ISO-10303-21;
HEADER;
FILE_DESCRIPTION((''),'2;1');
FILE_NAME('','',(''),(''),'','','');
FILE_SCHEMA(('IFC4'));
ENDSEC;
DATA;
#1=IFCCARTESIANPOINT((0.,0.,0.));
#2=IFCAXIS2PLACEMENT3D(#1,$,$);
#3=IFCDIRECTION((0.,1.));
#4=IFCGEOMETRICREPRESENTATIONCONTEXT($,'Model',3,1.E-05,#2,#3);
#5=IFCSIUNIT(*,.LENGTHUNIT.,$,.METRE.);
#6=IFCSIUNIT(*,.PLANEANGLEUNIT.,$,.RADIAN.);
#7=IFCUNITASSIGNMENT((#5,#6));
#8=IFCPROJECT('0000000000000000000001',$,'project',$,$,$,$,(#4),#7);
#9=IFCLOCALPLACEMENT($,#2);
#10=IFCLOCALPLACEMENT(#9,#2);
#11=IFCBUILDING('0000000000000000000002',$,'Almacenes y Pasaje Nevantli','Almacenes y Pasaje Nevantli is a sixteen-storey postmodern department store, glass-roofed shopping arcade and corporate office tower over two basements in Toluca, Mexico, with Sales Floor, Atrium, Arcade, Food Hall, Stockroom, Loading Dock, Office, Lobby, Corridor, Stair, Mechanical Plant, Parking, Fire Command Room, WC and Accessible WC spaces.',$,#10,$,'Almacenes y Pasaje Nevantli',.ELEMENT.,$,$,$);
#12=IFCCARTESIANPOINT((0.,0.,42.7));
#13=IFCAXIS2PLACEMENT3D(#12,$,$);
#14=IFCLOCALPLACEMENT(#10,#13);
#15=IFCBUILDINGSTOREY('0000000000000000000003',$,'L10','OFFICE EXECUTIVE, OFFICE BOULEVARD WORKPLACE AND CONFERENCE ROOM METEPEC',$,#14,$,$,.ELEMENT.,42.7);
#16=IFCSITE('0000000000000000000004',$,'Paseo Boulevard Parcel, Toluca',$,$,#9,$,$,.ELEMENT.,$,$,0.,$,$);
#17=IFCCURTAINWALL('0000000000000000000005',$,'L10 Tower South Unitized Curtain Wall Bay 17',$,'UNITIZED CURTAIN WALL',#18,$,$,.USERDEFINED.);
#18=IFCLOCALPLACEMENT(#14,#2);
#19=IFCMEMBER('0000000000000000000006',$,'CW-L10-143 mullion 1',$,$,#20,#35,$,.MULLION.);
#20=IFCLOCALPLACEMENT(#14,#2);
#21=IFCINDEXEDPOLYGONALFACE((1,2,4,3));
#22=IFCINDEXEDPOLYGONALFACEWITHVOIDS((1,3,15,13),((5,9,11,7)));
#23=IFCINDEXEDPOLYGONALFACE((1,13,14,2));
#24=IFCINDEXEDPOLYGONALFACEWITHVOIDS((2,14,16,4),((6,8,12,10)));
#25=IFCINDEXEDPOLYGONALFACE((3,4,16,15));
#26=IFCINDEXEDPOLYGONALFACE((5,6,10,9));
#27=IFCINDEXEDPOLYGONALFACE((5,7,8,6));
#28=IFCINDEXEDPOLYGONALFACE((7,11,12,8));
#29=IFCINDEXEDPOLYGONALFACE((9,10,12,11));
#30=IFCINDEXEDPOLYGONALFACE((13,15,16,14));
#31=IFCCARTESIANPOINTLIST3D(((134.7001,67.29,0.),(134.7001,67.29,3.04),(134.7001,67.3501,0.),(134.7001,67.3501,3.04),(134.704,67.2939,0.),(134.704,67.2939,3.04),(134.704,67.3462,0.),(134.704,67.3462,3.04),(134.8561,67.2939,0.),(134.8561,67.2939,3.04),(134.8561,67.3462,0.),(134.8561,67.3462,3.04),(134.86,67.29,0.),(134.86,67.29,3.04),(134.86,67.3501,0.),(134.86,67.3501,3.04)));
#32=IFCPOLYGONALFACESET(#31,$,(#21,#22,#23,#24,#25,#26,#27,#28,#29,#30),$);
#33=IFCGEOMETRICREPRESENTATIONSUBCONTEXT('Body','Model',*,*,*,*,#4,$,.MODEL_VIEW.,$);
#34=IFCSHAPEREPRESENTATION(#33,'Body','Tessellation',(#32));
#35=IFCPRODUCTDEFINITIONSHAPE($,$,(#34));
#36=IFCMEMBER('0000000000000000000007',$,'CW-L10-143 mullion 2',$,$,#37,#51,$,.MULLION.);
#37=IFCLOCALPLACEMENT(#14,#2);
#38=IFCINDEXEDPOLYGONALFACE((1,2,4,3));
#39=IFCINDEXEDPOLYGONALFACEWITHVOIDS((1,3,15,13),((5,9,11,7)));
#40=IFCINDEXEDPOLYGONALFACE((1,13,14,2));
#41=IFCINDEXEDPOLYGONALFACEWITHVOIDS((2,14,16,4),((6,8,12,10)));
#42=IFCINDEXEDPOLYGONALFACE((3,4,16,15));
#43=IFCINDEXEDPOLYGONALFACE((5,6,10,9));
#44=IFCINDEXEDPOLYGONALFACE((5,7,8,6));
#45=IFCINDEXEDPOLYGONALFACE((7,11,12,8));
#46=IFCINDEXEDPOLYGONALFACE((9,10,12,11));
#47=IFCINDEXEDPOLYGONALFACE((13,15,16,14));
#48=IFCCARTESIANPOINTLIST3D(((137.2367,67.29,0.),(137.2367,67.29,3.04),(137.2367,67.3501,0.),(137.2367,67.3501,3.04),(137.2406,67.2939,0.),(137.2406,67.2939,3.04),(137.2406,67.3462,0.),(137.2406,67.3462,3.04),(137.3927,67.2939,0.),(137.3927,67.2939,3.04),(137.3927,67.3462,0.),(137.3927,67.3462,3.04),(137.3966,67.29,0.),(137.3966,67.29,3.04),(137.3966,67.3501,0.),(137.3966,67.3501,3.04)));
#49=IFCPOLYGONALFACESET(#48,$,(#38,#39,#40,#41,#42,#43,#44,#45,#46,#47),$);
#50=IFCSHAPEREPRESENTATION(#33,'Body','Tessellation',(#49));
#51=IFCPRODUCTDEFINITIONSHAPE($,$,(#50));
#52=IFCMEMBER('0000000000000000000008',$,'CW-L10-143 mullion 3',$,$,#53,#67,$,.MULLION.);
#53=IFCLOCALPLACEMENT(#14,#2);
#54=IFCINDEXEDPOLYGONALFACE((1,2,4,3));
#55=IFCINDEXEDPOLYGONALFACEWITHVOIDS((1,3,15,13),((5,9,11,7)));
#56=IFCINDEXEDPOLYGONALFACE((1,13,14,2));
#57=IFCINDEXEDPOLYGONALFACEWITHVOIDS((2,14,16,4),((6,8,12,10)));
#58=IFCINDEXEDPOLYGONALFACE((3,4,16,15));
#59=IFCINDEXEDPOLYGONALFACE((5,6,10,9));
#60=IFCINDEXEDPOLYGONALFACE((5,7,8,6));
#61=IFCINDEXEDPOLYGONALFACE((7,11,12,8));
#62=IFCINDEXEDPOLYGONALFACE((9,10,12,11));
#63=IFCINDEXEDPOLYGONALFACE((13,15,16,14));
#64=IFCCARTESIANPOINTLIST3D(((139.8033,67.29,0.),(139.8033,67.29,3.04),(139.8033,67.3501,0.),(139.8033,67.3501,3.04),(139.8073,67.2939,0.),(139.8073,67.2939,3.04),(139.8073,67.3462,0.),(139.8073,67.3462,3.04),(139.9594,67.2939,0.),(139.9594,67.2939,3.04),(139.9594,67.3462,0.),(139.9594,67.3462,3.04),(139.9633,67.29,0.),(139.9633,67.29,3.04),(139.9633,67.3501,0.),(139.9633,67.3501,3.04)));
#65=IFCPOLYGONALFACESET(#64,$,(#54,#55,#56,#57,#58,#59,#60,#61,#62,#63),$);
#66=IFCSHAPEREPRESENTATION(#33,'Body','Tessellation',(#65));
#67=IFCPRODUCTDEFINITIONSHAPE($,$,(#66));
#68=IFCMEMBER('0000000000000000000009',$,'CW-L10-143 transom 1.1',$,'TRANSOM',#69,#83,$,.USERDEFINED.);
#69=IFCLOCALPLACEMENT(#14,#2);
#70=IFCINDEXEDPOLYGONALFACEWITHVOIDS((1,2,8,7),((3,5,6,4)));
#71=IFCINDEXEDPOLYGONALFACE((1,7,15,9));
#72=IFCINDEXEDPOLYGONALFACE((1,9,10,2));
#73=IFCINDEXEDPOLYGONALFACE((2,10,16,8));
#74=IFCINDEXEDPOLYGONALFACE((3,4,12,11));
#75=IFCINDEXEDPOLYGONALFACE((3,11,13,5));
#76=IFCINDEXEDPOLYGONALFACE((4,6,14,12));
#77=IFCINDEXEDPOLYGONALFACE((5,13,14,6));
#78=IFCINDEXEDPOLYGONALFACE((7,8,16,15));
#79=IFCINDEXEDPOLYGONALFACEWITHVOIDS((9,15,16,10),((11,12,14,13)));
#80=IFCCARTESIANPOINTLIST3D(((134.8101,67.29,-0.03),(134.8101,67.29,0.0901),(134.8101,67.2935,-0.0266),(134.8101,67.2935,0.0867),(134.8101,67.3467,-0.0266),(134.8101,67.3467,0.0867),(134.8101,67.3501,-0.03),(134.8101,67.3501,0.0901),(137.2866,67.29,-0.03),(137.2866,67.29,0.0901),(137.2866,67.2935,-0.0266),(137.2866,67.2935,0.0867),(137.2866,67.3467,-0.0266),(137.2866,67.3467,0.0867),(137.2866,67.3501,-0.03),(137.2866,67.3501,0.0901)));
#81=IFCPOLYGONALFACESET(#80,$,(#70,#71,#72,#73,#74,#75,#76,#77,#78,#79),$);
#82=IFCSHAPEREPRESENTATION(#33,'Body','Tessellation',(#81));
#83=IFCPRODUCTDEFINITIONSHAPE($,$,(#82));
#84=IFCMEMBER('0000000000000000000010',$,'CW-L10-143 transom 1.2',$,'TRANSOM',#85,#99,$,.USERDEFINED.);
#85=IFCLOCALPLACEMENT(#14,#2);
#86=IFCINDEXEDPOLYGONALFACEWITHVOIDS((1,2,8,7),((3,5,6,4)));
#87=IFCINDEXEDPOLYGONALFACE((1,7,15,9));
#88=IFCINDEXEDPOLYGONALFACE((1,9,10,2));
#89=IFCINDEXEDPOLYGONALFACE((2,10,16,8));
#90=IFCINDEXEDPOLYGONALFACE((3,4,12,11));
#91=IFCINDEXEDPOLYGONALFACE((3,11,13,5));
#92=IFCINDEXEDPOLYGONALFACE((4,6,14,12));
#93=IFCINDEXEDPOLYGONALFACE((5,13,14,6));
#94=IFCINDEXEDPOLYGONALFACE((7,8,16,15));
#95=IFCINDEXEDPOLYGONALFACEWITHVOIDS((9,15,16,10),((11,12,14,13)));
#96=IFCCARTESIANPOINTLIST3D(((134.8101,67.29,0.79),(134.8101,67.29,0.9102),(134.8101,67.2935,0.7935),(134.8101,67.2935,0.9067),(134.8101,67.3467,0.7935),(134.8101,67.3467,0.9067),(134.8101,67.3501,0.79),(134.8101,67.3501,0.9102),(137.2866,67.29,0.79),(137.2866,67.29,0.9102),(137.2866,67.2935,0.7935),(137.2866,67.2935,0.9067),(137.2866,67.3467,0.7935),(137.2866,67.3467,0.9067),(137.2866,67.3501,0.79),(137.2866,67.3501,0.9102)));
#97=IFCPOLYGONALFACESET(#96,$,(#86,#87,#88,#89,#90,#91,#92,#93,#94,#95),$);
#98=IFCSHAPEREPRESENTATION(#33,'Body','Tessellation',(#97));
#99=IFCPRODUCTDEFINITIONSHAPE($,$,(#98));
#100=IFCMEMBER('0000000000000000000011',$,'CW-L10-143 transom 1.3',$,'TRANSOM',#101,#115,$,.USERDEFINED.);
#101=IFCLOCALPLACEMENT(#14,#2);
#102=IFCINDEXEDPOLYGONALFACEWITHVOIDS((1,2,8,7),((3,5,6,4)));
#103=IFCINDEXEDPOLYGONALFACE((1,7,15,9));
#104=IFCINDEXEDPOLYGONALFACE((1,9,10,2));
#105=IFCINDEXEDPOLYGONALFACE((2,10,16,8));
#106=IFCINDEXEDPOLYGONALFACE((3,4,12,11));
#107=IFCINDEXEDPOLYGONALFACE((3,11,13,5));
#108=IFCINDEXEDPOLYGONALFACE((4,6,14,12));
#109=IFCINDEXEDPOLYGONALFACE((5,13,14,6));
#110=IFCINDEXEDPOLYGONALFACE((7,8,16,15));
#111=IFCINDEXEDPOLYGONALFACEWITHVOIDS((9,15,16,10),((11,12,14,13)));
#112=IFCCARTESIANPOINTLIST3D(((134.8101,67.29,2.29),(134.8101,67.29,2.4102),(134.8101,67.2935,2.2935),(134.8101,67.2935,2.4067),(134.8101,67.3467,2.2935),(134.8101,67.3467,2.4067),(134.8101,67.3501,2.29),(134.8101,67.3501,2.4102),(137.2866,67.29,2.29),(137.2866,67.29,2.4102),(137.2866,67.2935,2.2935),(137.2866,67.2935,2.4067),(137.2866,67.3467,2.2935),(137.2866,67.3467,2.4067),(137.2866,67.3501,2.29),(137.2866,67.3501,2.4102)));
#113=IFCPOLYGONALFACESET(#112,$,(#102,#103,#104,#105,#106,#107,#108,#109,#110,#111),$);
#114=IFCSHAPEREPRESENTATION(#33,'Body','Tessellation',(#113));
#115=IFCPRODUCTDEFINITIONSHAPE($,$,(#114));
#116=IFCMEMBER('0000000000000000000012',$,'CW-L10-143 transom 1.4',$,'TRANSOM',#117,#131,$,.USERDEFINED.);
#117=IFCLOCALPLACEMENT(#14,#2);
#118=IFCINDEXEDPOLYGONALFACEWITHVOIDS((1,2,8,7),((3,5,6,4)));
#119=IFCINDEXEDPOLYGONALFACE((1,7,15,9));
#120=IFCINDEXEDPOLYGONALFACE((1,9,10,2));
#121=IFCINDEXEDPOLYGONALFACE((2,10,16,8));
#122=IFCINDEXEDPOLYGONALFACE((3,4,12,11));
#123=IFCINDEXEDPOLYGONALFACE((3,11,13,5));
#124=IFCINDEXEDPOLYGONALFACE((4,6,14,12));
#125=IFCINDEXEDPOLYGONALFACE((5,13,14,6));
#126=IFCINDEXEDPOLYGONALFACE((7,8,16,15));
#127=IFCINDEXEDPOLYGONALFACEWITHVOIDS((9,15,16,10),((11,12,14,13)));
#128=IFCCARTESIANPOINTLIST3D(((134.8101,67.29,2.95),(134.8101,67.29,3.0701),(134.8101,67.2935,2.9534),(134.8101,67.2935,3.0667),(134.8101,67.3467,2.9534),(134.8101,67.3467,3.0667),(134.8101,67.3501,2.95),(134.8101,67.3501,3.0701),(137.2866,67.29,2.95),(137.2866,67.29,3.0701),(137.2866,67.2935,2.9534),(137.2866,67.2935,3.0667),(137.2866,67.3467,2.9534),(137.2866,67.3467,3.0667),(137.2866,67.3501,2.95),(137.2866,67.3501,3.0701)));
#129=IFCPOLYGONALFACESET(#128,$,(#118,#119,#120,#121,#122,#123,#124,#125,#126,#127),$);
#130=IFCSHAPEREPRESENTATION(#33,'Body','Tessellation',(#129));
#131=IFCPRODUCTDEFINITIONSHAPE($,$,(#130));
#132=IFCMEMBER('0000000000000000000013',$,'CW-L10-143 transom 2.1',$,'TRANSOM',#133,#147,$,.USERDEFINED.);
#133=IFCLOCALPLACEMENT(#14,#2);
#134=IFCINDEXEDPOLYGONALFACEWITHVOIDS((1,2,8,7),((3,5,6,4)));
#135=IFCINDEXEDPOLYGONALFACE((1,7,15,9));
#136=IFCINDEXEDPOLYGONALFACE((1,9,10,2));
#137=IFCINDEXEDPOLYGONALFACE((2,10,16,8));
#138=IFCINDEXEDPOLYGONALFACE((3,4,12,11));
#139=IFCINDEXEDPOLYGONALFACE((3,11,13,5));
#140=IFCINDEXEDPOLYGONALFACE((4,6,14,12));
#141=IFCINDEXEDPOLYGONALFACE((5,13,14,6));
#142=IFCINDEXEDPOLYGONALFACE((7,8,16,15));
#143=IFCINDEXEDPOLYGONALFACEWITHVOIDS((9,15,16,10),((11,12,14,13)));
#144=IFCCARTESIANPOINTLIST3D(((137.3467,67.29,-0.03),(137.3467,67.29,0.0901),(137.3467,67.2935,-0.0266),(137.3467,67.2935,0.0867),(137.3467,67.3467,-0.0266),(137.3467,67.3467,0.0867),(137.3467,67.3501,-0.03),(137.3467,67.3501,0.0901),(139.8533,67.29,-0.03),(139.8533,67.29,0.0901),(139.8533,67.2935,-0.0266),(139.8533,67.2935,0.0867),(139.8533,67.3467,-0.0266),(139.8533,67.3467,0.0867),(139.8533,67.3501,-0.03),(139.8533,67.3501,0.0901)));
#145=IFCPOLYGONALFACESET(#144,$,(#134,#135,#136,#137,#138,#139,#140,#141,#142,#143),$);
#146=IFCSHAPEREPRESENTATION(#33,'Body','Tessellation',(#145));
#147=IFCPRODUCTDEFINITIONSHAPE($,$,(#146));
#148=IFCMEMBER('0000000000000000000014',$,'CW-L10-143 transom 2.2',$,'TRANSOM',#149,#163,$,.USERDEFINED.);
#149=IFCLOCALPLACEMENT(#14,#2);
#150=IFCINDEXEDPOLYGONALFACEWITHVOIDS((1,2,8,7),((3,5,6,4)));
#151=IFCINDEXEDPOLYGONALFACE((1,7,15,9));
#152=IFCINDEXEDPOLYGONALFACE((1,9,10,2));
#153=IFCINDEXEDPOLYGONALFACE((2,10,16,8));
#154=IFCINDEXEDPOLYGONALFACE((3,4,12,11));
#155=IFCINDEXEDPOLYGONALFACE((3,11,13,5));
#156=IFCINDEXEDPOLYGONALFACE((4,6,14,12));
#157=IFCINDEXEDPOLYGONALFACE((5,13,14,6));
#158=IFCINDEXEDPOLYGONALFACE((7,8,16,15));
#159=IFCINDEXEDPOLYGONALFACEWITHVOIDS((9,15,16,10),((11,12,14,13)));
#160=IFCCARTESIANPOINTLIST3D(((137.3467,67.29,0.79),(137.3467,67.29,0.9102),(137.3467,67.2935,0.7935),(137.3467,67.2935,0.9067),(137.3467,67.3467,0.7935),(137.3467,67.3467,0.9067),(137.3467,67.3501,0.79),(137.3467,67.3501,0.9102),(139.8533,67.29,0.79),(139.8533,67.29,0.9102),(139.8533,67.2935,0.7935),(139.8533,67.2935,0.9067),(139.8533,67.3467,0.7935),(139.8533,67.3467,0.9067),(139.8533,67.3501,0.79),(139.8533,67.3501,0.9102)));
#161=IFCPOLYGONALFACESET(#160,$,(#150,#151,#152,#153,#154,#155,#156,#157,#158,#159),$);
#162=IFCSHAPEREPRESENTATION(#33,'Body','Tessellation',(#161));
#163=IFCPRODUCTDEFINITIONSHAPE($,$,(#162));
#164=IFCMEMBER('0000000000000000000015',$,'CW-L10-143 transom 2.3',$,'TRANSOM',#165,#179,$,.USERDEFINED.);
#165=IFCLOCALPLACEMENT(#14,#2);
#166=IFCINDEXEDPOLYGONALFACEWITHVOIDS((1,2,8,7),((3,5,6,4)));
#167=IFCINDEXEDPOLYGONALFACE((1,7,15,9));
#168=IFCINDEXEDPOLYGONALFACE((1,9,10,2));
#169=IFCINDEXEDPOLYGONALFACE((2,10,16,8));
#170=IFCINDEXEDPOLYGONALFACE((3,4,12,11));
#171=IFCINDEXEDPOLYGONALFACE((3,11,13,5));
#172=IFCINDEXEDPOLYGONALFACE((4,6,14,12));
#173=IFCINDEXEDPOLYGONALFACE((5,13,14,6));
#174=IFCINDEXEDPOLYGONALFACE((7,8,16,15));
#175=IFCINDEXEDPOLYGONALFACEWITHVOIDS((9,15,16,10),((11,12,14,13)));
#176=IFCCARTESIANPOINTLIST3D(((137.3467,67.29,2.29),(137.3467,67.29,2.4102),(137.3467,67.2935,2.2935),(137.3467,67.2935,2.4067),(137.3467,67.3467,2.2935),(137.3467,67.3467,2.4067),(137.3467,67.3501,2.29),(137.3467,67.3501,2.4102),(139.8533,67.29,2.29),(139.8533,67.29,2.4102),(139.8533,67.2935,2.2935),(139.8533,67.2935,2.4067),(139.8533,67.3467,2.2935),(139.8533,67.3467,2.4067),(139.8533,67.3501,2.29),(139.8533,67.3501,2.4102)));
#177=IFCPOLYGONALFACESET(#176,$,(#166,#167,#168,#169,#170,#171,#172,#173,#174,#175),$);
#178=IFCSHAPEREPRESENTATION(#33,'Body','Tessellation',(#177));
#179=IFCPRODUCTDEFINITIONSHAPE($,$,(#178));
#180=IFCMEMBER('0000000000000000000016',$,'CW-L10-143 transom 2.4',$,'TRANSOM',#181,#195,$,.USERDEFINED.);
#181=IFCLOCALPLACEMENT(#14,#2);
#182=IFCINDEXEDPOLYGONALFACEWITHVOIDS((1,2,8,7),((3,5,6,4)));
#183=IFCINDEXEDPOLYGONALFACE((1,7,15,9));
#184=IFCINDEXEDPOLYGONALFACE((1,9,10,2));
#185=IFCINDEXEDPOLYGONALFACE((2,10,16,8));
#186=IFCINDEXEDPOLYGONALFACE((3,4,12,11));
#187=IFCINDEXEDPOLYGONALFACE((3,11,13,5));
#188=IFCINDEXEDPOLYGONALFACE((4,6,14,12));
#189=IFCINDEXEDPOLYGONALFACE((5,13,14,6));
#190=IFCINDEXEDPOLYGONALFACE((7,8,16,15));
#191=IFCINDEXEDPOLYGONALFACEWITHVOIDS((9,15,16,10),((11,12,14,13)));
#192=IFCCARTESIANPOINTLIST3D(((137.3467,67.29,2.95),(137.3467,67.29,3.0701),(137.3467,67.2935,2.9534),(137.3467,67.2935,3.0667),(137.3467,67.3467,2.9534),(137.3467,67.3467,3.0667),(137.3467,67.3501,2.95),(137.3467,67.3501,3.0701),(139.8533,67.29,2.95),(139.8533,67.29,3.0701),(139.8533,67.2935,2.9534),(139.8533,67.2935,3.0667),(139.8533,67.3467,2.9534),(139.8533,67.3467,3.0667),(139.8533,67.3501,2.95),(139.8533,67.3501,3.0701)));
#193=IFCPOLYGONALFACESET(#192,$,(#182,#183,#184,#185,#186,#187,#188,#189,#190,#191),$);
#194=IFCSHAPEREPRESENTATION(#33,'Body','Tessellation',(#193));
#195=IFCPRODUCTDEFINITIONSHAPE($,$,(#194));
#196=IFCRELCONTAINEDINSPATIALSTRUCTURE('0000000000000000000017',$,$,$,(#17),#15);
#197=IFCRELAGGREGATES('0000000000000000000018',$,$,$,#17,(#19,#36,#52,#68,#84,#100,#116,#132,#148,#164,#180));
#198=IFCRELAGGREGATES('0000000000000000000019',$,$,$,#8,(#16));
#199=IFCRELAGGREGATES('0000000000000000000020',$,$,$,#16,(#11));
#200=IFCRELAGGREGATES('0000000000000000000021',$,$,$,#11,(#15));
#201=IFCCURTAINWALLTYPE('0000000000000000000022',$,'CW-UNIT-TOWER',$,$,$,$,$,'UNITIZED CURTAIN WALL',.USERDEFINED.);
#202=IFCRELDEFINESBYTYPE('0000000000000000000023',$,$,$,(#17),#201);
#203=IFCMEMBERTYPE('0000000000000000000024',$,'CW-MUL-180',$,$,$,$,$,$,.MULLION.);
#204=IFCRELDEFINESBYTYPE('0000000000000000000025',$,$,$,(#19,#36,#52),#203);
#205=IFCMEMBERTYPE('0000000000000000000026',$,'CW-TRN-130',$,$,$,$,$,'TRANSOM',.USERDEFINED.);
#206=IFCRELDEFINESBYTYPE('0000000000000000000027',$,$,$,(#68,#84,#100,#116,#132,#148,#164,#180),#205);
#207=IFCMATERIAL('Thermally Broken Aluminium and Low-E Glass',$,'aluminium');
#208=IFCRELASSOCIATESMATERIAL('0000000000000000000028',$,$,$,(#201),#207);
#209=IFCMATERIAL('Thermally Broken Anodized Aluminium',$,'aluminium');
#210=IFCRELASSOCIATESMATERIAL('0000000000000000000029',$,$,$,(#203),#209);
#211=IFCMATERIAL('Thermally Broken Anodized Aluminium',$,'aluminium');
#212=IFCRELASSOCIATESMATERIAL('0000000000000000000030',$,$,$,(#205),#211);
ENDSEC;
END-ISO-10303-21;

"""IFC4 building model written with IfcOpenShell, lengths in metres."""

from ifc_helpers import new_model, si_unit, direction, frame, origin, origin_2d, place, context, subcontext, project, spatial, hollow_rectangle, extrude, material, material_profile, profile_set, type_object, element, aggregate, save


model = new_model("IFC4")

# Units and contexts
model_context = context("Model", 3, precision=1e-05, world=origin(), true_north=direction((0.0, 1.0)))
body_context = subcontext(model_context, "Body", "Model", "MODEL_VIEW")
ifc_project = project(units=[si_unit("LENGTHUNIT", "METRE"), si_unit("PLANEANGLEUNIT", "RADIAN")], contexts=[model_context])

# Site, building, storey
site_placement = place(None, origin())
site = spatial("IfcSite", under=ifc_project, at=site_placement, Name="Paseo Boulevard Parcel, Toluca", CompositionType="ELEMENT", RefElevation=0.0)
building_placement = place(site_placement, origin())
building = spatial("IfcBuilding", under=site, at=building_placement, Name="Almacenes y Pasaje Nevantli", Description="Almacenes y Pasaje Nevantli is a sixteen-storey postmodern department store, glass-roofed shopping arcade and corporate office tower over two basements in Toluca, Mexico, with Sales Floor, Atrium, Arcade, Food Hall, Stockroom, Loading Dock, Office, Lobby, Corridor, Stair, Mechanical Plant, Parking, Fire Command Room, WC and Accessible WC spaces.", LongName="Almacenes y Pasaje Nevantli", CompositionType="ELEMENT")
storey_placement = place(building_placement, frame((0.0, 0.0, 42.7)))
storey = spatial("IfcBuildingStorey", under=building, at=storey_placement, Name="L10", Description="OFFICE EXECUTIVE, OFFICE BOULEVARD WORKPLACE AND CONFERENCE ROOM METEPEC", CompositionType="ELEMENT", Elevation=42.7)

# Curtain wall, members
ifc_material_1 = material(Name="Thermally Broken Aluminium and Low-E Glass", Category="aluminium")
curtain_wall_type = type_object("IfcCurtainWallType", Name="CW-UNIT-TOWER", ElementType="UNITIZED CURTAIN WALL", PredefinedType="USERDEFINED", material=ifc_material_1)
curtain_wall_placement = place(storey_placement, origin())
curtain_wall = element("IfcCurtainWall", 1, at=curtain_wall_placement, inside=storey, type_object=curtain_wall_type, Name="L10 Tower South Unitized Curtain Wall Bay 17", ObjectType="UNITIZED CURTAIN WALL", PredefinedType="USERDEFINED")
ifc_material_2 = material(Name="Thermally Broken Anodized Aluminium", Category="aluminium")
ifc_material_profile_1 = material_profile(ifc_material_2, hollow_rectangle(XDim=0.0601, YDim=0.1599, WallThickness=0.0039, at=origin_2d()), Name="ALU-MUL-60x160")
ifc_profile_set_1 = profile_set([ifc_material_profile_1], Name="Thermally Broken Anodized Aluminium")
member_type_1 = type_object("IfcMemberType", Name="CW-MUL-180", PredefinedType="MULLION", material=ifc_profile_set_1)
member_1_placement = place(storey_placement, frame((134.78, 67.3201, 0.0), z_axis=(0.0, 0.0, 1.0), x_axis=(0.0, 1.0, 0.0)))
member_1 = element("IfcMember", 2, at=member_1_placement, type_object=member_type_1, Name="CW-L10-143 mullion 1", PredefinedType="MULLION", context=body_context, shape_type="SweptSolid", body=[
    extrude(hollow_rectangle(XDim=0.0601, YDim=0.1599, WallThickness=0.0039, at=origin_2d()), origin(), (0.0, 0.0, 1.0), 3.04),
])
member_2_placement = place(storey_placement, frame((137.3167, 67.3201, 0.0), z_axis=(0.0, 0.0, 1.0), x_axis=(0.0, 1.0, 0.0)))
member_2 = element("IfcMember", 3, at=member_2_placement, type_object=member_type_1, Name="CW-L10-143 mullion 2", PredefinedType="MULLION", context=body_context, shape_type="SweptSolid", body=[
    extrude(hollow_rectangle(XDim=0.0601, YDim=0.1599, WallThickness=0.0039, at=origin_2d()), origin(), (0.0, 0.0, 1.0), 3.04),
])
member_3_placement = place(storey_placement, frame((139.8833, 67.3201, 0.0), z_axis=(0.0, 0.0, 1.0), x_axis=(0.0, 1.0, 0.0)))
member_3 = element("IfcMember", 4, at=member_3_placement, type_object=member_type_1, Name="CW-L10-143 mullion 3", PredefinedType="MULLION", context=body_context, shape_type="SweptSolid", body=[
    extrude(hollow_rectangle(XDim=0.0601, YDim=0.1599, WallThickness=0.0039, at=origin_2d()), origin(), (0.0, 0.0, 1.0), 3.04),
])
ifc_material_3 = material(Name="Thermally Broken Anodized Aluminium", Category="aluminium")
ifc_material_profile_2 = material_profile(ifc_material_3, hollow_rectangle(XDim=0.0601, YDim=0.1201, WallThickness=0.0034, at=origin_2d()), Name="ALU-TRN-60x120")
ifc_profile_set_2 = profile_set([ifc_material_profile_2], Name="Thermally Broken Anodized Aluminium")
member_type_2 = type_object("IfcMemberType", Name="CW-TRN-130", ElementType="TRANSOM", PredefinedType="USERDEFINED", material=ifc_profile_set_2)
member_4_placement = place(storey_placement, frame((134.8101, 67.3201, 0.03), z_axis=(1.0, 0.0, 0.0), x_axis=(0.0, 1.0, 0.0)))
member_4 = element("IfcMember", 5, at=member_4_placement, type_object=member_type_2, Name="CW-L10-143 transom 1.1", ObjectType="TRANSOM", PredefinedType="USERDEFINED", context=body_context, shape_type="SweptSolid", body=[
    extrude(hollow_rectangle(XDim=0.0601, YDim=0.1201, WallThickness=0.0034, at=origin_2d()), origin(), (0.0, 0.0, 1.0), 2.4766),
])
member_5_placement = place(storey_placement, frame((134.8101, 67.3201, 0.8501), z_axis=(1.0, 0.0, 0.0), x_axis=(0.0, 1.0, 0.0)))
member_5 = element("IfcMember", 6, at=member_5_placement, type_object=member_type_2, Name="CW-L10-143 transom 1.2", ObjectType="TRANSOM", PredefinedType="USERDEFINED", context=body_context, shape_type="SweptSolid", body=[
    extrude(hollow_rectangle(XDim=0.0601, YDim=0.1201, WallThickness=0.0034, at=origin_2d()), origin(), (0.0, 0.0, 1.0), 2.4766),
])
member_6_placement = place(storey_placement, frame((134.8101, 67.3201, 2.3501), z_axis=(1.0, 0.0, 0.0), x_axis=(0.0, 1.0, 0.0)))
member_6 = element("IfcMember", 7, at=member_6_placement, type_object=member_type_2, Name="CW-L10-143 transom 1.3", ObjectType="TRANSOM", PredefinedType="USERDEFINED", context=body_context, shape_type="SweptSolid", body=[
    extrude(hollow_rectangle(XDim=0.0601, YDim=0.1201, WallThickness=0.0034, at=origin_2d()), origin(), (0.0, 0.0, 1.0), 2.4766),
])
member_7_placement = place(storey_placement, frame((134.8101, 67.3201, 3.01), z_axis=(1.0, 0.0, 0.0), x_axis=(0.0, 1.0, 0.0)))
member_7 = element("IfcMember", 8, at=member_7_placement, type_object=member_type_2, Name="CW-L10-143 transom 1.4", ObjectType="TRANSOM", PredefinedType="USERDEFINED", context=body_context, shape_type="SweptSolid", body=[
    extrude(hollow_rectangle(XDim=0.0601, YDim=0.1201, WallThickness=0.0034, at=origin_2d()), origin(), (0.0, 0.0, 1.0), 2.4766),
])
member_8_placement = place(storey_placement, frame((137.3467, 67.3201, 0.03), z_axis=(1.0, 0.0, 0.0), x_axis=(0.0, 1.0, 0.0)))
member_8 = element("IfcMember", 9, at=member_8_placement, type_object=member_type_2, Name="CW-L10-143 transom 2.1", ObjectType="TRANSOM", PredefinedType="USERDEFINED", context=body_context, shape_type="SweptSolid", body=[
    extrude(hollow_rectangle(XDim=0.0601, YDim=0.1201, WallThickness=0.0034, at=origin_2d()), origin(), (0.0, 0.0, 1.0), 2.5066),
])
member_9_placement = place(storey_placement, frame((137.3467, 67.3201, 0.8501), z_axis=(1.0, 0.0, 0.0), x_axis=(0.0, 1.0, 0.0)))
member_9 = element("IfcMember", 10, at=member_9_placement, type_object=member_type_2, Name="CW-L10-143 transom 2.2", ObjectType="TRANSOM", PredefinedType="USERDEFINED", context=body_context, shape_type="SweptSolid", body=[
    extrude(hollow_rectangle(XDim=0.0601, YDim=0.1201, WallThickness=0.0034, at=origin_2d()), origin(), (0.0, 0.0, 1.0), 2.5066),
])
member_10_placement = place(storey_placement, frame((137.3467, 67.3201, 2.3501), z_axis=(1.0, 0.0, 0.0), x_axis=(0.0, 1.0, 0.0)))
member_10 = element("IfcMember", 11, at=member_10_placement, type_object=member_type_2, Name="CW-L10-143 transom 2.3", ObjectType="TRANSOM", PredefinedType="USERDEFINED", context=body_context, shape_type="SweptSolid", body=[
    extrude(hollow_rectangle(XDim=0.0601, YDim=0.1201, WallThickness=0.0034, at=origin_2d()), origin(), (0.0, 0.0, 1.0), 2.5066),
])
member_11_placement = place(storey_placement, frame((137.3467, 67.3201, 3.01), z_axis=(1.0, 0.0, 0.0), x_axis=(0.0, 1.0, 0.0)))
member_11 = element("IfcMember", 12, at=member_11_placement, type_object=member_type_2, Name="CW-L10-143 transom 2.4", ObjectType="TRANSOM", PredefinedType="USERDEFINED", context=body_context, shape_type="SweptSolid", body=[
    extrude(hollow_rectangle(XDim=0.0601, YDim=0.1201, WallThickness=0.0034, at=origin_2d()), origin(), (0.0, 0.0, 1.0), 2.5066),
])
aggregate(curtain_wall, [member_1, member_2, member_3, member_4, member_5, member_6, member_7, member_8, member_9, member_10, member_11])

save(model, "model.ifc")
